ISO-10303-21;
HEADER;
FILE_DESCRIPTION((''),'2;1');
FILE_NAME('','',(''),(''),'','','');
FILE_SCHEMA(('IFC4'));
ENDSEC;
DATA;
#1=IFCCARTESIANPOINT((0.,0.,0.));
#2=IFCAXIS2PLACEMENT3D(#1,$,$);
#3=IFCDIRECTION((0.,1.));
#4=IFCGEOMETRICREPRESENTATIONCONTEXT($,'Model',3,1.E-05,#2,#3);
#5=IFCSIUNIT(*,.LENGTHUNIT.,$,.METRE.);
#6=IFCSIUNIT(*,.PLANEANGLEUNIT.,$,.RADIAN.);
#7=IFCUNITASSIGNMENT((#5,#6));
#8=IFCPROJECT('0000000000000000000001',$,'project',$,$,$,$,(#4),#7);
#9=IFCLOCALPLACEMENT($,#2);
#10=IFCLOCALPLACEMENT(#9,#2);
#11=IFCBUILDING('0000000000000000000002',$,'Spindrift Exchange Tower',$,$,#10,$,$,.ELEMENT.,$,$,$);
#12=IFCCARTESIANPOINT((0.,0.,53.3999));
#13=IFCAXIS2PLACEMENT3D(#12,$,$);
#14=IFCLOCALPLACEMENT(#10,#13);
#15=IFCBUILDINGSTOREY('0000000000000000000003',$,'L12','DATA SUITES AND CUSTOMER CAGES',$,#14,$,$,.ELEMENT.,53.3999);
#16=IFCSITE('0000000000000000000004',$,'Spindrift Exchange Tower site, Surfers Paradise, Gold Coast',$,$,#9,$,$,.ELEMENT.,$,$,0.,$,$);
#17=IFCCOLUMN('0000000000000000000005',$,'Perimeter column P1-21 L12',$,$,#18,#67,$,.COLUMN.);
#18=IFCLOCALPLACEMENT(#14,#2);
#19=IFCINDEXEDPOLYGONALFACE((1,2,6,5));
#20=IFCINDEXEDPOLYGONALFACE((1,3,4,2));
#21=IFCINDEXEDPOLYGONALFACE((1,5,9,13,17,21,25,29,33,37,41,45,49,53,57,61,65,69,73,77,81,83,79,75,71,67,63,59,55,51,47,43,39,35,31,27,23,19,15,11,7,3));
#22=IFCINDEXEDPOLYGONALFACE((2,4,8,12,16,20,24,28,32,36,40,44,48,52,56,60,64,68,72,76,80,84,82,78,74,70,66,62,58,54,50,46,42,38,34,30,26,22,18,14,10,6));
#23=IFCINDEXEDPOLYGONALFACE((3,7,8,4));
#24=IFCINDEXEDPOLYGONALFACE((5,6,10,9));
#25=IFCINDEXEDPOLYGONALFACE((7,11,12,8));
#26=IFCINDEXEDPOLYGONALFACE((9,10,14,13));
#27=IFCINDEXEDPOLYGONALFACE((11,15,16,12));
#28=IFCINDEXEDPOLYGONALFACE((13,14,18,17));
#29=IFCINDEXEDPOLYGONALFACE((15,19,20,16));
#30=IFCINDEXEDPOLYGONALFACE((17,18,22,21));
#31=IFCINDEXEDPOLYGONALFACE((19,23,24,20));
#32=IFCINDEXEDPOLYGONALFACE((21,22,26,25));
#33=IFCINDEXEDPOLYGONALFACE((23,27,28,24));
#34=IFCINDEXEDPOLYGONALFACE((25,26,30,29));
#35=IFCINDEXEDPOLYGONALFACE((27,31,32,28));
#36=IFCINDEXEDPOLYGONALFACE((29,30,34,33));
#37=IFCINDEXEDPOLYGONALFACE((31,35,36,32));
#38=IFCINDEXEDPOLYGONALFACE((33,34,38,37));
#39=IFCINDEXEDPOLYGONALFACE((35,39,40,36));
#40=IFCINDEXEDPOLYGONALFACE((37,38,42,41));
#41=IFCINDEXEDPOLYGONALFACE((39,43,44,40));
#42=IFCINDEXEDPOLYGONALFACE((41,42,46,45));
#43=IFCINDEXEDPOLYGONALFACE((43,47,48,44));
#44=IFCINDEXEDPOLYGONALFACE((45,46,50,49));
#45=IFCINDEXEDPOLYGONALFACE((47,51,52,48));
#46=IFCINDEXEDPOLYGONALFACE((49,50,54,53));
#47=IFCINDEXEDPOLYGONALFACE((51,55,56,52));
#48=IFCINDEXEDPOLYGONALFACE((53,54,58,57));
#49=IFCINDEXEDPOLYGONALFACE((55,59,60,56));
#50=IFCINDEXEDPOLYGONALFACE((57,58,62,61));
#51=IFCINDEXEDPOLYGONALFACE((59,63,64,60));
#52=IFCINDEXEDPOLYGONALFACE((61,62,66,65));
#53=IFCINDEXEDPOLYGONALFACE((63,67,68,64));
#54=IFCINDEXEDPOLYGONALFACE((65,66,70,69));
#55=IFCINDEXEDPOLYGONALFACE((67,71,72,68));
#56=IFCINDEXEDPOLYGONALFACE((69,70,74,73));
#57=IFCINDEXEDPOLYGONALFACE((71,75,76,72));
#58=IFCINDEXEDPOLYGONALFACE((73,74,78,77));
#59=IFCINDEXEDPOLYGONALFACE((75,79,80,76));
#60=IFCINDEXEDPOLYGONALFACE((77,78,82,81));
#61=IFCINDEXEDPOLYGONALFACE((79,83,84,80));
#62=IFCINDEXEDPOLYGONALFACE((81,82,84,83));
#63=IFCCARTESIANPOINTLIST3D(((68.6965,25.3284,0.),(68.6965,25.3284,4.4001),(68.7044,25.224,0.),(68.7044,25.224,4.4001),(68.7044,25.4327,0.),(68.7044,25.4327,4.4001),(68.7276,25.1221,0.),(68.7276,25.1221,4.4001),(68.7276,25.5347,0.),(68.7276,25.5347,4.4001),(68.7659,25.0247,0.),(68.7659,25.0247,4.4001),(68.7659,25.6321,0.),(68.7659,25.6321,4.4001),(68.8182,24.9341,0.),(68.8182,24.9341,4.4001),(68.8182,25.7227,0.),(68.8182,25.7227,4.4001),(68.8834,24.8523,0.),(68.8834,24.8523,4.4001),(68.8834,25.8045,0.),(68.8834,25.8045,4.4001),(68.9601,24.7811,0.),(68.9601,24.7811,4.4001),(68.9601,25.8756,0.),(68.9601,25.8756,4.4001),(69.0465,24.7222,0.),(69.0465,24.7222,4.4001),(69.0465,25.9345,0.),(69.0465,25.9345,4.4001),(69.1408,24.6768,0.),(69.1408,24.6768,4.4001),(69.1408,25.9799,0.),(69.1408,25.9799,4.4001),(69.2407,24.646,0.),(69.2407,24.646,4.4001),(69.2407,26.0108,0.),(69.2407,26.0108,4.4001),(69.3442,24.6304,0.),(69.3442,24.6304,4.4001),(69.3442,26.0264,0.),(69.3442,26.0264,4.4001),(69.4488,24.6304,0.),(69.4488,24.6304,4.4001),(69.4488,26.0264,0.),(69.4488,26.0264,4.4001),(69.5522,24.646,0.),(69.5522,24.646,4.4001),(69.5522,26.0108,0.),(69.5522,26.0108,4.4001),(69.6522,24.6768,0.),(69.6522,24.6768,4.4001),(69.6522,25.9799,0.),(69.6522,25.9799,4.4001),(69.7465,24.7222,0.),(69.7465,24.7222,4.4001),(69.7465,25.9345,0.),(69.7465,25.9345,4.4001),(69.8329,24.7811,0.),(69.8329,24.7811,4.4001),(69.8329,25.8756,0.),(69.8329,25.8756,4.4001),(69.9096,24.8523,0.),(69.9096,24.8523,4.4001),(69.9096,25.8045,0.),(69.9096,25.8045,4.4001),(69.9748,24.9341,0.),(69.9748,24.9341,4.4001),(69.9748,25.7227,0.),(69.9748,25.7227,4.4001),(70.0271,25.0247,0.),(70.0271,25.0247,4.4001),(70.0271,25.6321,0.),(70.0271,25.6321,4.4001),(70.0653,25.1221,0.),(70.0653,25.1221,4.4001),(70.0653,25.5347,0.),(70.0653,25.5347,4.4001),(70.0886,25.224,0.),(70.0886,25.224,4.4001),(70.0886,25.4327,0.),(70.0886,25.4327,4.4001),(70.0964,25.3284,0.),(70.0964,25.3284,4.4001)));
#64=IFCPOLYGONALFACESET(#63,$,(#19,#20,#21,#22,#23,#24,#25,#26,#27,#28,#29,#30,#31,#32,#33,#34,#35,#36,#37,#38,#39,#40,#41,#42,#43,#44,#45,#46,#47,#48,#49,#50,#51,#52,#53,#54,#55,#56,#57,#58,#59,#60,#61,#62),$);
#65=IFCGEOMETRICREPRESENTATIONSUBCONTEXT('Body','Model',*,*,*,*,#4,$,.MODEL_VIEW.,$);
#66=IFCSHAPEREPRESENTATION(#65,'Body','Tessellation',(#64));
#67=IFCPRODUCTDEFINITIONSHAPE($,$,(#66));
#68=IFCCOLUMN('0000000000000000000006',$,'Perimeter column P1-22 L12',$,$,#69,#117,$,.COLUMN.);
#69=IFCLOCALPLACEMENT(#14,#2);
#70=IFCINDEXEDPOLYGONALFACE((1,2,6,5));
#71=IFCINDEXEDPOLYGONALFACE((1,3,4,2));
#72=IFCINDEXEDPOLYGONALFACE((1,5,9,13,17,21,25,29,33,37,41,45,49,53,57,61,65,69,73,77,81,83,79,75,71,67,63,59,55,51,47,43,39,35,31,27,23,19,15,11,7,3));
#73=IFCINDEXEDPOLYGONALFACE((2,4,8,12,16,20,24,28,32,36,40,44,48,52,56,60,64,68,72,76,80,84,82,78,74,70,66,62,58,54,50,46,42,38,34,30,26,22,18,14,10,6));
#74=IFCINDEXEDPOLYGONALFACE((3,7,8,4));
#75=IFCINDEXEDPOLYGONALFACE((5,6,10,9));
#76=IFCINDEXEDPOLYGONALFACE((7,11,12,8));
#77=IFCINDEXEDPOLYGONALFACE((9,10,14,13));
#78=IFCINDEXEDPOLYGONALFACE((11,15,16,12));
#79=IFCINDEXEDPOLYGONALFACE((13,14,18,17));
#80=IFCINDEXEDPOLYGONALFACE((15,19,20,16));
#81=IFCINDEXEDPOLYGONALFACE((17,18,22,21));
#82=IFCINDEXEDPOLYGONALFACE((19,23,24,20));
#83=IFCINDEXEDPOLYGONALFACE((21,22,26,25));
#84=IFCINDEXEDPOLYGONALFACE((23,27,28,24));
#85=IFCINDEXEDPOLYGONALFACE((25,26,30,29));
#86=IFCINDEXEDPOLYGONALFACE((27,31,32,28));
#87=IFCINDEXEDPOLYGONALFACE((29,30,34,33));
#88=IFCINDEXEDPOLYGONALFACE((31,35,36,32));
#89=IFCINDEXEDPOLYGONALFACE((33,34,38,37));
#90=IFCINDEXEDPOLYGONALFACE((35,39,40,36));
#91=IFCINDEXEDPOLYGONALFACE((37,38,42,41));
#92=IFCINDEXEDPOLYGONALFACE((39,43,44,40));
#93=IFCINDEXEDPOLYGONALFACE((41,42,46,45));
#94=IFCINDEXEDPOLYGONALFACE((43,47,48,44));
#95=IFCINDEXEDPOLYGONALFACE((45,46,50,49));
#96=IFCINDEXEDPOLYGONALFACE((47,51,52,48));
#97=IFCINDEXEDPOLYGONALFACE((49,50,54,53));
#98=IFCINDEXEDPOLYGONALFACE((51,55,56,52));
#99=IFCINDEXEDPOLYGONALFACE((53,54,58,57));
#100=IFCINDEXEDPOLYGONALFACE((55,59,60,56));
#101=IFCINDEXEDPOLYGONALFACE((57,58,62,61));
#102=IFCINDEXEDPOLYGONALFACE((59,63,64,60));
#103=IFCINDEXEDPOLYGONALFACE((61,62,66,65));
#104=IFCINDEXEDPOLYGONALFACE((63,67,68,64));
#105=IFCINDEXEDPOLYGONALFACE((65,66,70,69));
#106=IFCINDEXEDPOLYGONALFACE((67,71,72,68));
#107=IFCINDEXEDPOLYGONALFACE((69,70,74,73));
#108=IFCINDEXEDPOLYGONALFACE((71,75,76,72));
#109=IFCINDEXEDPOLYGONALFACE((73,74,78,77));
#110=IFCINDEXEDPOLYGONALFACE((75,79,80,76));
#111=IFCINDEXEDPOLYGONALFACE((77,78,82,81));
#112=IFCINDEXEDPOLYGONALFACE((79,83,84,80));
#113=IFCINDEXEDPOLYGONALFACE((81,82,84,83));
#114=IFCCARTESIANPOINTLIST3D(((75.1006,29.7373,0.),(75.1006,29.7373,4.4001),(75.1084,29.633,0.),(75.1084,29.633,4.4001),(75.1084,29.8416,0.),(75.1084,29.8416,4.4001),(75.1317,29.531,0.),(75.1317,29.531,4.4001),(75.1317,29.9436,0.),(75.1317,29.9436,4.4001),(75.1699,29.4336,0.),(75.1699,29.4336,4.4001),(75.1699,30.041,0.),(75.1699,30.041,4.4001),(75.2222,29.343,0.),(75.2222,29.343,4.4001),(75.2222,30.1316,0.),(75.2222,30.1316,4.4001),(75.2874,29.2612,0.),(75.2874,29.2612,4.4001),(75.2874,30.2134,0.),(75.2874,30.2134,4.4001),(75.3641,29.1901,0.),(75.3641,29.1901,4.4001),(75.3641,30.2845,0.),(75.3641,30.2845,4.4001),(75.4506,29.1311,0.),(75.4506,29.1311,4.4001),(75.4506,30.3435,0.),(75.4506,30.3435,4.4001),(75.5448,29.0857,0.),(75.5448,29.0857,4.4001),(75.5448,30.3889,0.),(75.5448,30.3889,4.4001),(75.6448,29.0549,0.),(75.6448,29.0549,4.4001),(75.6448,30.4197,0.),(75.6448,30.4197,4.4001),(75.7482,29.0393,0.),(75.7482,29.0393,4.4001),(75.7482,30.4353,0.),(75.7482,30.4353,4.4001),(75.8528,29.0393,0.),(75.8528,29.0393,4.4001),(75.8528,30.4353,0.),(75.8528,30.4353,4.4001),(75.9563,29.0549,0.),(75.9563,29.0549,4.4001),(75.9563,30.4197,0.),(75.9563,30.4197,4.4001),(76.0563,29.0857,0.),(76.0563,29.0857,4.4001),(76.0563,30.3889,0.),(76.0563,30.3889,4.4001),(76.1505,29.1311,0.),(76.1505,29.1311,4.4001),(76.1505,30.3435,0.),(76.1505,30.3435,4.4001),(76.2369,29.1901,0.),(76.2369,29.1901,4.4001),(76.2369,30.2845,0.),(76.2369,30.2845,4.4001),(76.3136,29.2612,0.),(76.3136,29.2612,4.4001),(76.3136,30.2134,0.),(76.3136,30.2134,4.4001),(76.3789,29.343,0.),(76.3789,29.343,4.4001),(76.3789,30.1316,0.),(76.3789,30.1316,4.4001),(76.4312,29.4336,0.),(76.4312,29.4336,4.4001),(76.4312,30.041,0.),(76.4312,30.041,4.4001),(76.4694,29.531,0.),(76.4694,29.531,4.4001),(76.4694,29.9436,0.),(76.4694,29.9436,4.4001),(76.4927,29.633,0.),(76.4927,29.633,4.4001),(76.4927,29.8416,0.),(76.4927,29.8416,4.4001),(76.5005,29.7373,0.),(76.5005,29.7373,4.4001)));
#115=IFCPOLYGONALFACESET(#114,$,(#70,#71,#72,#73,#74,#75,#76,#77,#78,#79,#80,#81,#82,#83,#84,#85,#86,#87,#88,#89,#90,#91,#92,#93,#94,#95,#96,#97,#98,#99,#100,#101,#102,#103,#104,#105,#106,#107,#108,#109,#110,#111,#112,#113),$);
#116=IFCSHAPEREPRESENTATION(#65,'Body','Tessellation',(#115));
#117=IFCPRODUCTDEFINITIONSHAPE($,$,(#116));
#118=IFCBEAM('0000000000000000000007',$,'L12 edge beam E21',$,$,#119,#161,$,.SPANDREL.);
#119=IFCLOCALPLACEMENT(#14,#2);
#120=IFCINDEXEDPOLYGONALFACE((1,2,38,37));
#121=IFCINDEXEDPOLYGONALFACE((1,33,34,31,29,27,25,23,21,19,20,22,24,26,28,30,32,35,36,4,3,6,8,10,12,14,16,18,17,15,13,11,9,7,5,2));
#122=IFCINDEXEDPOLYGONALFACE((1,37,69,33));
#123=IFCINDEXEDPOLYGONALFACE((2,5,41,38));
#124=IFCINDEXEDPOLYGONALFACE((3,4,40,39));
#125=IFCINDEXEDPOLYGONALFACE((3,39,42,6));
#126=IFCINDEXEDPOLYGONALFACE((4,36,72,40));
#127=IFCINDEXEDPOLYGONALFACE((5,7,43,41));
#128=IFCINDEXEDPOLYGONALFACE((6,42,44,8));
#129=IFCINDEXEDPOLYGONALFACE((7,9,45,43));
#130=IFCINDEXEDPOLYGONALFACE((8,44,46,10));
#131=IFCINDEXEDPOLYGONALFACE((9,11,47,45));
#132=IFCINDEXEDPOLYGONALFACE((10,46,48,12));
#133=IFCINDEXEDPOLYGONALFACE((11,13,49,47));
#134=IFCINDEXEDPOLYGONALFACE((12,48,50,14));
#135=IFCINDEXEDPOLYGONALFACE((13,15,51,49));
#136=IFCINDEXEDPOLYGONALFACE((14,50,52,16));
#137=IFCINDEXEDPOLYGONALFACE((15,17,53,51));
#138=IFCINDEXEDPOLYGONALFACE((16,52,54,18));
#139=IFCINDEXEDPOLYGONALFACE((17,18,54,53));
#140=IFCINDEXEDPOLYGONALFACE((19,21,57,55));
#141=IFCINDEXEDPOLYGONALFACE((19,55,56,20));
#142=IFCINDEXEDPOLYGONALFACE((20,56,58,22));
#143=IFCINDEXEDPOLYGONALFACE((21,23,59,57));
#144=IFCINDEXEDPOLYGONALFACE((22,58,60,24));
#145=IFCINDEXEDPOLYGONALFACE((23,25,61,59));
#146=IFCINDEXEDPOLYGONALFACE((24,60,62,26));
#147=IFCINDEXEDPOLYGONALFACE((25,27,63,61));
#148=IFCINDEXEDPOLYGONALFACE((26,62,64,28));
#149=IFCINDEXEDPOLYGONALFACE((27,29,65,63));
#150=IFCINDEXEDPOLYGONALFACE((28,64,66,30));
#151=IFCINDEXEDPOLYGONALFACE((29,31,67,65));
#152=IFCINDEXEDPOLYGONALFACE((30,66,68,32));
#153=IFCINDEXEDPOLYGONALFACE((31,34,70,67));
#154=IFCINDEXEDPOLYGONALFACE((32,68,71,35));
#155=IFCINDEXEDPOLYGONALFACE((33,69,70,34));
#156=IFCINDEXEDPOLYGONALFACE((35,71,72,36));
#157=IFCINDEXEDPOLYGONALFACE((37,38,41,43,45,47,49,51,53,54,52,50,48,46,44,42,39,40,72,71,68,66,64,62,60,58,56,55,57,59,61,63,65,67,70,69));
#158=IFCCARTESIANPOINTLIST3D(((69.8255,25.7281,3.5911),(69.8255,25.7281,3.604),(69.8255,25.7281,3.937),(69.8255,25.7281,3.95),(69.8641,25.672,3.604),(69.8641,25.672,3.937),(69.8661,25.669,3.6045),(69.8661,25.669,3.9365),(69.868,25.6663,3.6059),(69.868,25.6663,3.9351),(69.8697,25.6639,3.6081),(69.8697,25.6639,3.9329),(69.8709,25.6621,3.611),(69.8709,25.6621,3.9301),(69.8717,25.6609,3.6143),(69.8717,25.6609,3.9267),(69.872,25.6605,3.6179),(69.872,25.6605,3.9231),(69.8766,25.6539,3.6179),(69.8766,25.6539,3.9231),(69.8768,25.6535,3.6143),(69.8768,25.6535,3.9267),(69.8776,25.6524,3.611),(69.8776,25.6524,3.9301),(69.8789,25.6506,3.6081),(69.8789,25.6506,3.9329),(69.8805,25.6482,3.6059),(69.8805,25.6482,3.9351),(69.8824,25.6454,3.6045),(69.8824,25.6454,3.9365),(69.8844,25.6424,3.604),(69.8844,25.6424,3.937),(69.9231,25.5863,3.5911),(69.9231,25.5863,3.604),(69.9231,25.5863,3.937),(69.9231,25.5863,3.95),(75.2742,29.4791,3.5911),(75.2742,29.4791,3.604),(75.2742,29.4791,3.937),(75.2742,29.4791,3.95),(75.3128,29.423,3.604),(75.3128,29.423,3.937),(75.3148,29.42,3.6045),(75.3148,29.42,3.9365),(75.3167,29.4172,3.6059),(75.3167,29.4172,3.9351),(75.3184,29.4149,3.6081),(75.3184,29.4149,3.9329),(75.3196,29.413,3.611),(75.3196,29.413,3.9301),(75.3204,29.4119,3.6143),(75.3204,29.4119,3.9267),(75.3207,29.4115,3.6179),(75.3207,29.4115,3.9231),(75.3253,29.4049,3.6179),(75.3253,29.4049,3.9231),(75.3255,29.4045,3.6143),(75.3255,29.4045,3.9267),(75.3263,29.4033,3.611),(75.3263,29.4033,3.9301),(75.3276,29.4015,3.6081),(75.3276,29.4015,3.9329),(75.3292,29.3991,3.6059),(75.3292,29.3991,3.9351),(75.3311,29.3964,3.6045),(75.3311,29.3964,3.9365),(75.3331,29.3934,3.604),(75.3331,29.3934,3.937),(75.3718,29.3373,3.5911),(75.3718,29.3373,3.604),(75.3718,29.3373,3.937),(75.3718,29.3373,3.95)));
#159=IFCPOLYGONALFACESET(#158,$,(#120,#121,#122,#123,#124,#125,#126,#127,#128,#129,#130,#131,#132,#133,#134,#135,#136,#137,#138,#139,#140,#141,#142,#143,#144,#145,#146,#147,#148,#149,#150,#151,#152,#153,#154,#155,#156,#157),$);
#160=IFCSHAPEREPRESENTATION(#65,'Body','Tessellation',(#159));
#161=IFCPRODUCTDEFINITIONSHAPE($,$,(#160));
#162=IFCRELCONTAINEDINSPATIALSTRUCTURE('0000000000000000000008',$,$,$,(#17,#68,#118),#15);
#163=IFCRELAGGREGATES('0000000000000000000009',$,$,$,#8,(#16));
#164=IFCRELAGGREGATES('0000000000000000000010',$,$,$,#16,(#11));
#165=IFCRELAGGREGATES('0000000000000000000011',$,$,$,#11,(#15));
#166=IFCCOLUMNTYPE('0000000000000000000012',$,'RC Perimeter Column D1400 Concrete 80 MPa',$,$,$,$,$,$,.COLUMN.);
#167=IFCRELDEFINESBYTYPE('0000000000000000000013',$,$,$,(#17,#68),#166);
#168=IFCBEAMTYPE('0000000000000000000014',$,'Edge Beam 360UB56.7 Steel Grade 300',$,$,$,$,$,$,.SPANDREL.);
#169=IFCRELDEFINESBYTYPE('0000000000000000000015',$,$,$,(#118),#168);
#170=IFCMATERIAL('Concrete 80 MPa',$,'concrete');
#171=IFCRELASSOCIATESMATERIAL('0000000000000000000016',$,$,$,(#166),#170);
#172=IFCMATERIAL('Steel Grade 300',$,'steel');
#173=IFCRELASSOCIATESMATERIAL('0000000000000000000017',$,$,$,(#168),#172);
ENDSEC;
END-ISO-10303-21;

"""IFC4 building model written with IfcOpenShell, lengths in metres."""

from ifc_helpers import new_model, si_unit, direction, frame, origin, origin_2d, place, context, subcontext, project, spatial, circle, i_section, extrude, source, transform, mapped, material, material_profile, profile_set, type_object, element, save


model = new_model("IFC4")

# Units and contexts
model_context = context("Model", 3, precision=1e-05, world=origin(), true_north=direction((0.0, 1.0)))
body_context = subcontext(model_context, "Body", "Model", "MODEL_VIEW")
ifc_project = project(units=[si_unit("LENGTHUNIT", "METRE"), si_unit("PLANEANGLEUNIT", "RADIAN")], contexts=[model_context])

# Site, building, storey
site_placement = place(None, origin())
site = spatial("IfcSite", under=ifc_project, at=site_placement, Name="Spindrift Exchange Tower site, Surfers Paradise, Gold Coast", CompositionType="ELEMENT", RefElevation=0.0)
building_placement = place(site_placement, origin())
building = spatial("IfcBuilding", under=site, at=building_placement, Name="Spindrift Exchange Tower", CompositionType="ELEMENT")
storey_placement = place(building_placement, frame((0.0, 0.0, 53.3999)))
storey = spatial("IfcBuildingStorey", under=building, at=storey_placement, Name="L12", Description="DATA SUITES AND CUSTOMER CAGES", CompositionType="ELEMENT", Elevation=53.3999)

# Columns
ifc_material_1 = material(Name="Concrete 80 MPa", Category="concrete")
ifc_material_profile_1 = material_profile(ifc_material_1, circle(Radius=0.7, at=origin_2d()), Name="RC D1400")
ifc_profile_set_1 = profile_set([ifc_material_profile_1], Name="Concrete 80 MPa")
column_type = type_object("IfcColumnType", Name="RC Perimeter Column D1400 Concrete 80 MPa", PredefinedType="COLUMN", material=ifc_profile_set_1)
shared_shape_1 = source(origin(), body_context, "Body", "SweptSolid", [
    extrude(circle(Radius=0.7, at=origin_2d()), origin(), (0.0, 0.0, 1.0), 4.4001),
])
for number, where, z_axis, x_axis, name in (
    (1, (69.3965, 25.3284, 0.0), (0.0, 0.0, 1.0), (1.0, 0.0, 0.0), "Perimeter column P1-21 L12"),
    (2, (75.8005, 29.7373, 0.0), (0.0, 0.0, 1.0), (1.0, 0.0, 0.0), "Perimeter column P1-22 L12"),
):
    element("IfcColumn", number, at=place(storey_placement, frame(where, z_axis=z_axis, x_axis=x_axis)), inside=storey, type_object=column_type, Name=name, PredefinedType="COLUMN", context=body_context, shape_type="MappedRepresentation", body=[
        mapped(shared_shape_1, transform((0.0, 0.0, 0.0), scale=1.0)),
    ])

# Beam
ifc_material_2 = material(Name="Steel Grade 300", Category="steel")
ifc_material_profile_2 = material_profile(ifc_material_2, i_section(OverallWidth=0.1721, OverallDepth=0.3589, WebThickness=0.0081, FlangeThickness=0.0129, FilletRadius=0.0139, at=origin_2d()), Name="360UB56.7")
ifc_profile_set_2 = profile_set([ifc_material_profile_2], Name="Steel Grade 300")
beam_type_1 = type_object("IfcBeamType", Name="Edge Beam 360UB56.7 Steel Grade 300", PredefinedType="SPANDREL", material=ifc_profile_set_2)
shared_shape_2 = source(origin(), body_context, "Body", "SweptSolid", [
    extrude(i_section(OverallWidth=0.1721, OverallDepth=0.3589, WebThickness=0.0081, FlangeThickness=0.0129, FilletRadius=0.0139, at=origin_2d()), origin(), (0.0, 0.0, 1.0), 6.615),
])
beam_1_placement = place(storey_placement, frame((69.8743, 25.6572, 3.7705), z_axis=(0.823691, 0.567039, 0.0), x_axis=(-0.567039, 0.823691, 0.0)))
element("IfcBeam", 3, at=beam_1_placement, inside=storey, type_object=beam_type_1, Name="L12 edge beam E21", PredefinedType="SPANDREL", context=body_context, shape_type="MappedRepresentation", body=[
    mapped(shared_shape_2, transform((0.0, 0.0, 0.0), scale=1.0)),
])

save(model, "model.ifc")
